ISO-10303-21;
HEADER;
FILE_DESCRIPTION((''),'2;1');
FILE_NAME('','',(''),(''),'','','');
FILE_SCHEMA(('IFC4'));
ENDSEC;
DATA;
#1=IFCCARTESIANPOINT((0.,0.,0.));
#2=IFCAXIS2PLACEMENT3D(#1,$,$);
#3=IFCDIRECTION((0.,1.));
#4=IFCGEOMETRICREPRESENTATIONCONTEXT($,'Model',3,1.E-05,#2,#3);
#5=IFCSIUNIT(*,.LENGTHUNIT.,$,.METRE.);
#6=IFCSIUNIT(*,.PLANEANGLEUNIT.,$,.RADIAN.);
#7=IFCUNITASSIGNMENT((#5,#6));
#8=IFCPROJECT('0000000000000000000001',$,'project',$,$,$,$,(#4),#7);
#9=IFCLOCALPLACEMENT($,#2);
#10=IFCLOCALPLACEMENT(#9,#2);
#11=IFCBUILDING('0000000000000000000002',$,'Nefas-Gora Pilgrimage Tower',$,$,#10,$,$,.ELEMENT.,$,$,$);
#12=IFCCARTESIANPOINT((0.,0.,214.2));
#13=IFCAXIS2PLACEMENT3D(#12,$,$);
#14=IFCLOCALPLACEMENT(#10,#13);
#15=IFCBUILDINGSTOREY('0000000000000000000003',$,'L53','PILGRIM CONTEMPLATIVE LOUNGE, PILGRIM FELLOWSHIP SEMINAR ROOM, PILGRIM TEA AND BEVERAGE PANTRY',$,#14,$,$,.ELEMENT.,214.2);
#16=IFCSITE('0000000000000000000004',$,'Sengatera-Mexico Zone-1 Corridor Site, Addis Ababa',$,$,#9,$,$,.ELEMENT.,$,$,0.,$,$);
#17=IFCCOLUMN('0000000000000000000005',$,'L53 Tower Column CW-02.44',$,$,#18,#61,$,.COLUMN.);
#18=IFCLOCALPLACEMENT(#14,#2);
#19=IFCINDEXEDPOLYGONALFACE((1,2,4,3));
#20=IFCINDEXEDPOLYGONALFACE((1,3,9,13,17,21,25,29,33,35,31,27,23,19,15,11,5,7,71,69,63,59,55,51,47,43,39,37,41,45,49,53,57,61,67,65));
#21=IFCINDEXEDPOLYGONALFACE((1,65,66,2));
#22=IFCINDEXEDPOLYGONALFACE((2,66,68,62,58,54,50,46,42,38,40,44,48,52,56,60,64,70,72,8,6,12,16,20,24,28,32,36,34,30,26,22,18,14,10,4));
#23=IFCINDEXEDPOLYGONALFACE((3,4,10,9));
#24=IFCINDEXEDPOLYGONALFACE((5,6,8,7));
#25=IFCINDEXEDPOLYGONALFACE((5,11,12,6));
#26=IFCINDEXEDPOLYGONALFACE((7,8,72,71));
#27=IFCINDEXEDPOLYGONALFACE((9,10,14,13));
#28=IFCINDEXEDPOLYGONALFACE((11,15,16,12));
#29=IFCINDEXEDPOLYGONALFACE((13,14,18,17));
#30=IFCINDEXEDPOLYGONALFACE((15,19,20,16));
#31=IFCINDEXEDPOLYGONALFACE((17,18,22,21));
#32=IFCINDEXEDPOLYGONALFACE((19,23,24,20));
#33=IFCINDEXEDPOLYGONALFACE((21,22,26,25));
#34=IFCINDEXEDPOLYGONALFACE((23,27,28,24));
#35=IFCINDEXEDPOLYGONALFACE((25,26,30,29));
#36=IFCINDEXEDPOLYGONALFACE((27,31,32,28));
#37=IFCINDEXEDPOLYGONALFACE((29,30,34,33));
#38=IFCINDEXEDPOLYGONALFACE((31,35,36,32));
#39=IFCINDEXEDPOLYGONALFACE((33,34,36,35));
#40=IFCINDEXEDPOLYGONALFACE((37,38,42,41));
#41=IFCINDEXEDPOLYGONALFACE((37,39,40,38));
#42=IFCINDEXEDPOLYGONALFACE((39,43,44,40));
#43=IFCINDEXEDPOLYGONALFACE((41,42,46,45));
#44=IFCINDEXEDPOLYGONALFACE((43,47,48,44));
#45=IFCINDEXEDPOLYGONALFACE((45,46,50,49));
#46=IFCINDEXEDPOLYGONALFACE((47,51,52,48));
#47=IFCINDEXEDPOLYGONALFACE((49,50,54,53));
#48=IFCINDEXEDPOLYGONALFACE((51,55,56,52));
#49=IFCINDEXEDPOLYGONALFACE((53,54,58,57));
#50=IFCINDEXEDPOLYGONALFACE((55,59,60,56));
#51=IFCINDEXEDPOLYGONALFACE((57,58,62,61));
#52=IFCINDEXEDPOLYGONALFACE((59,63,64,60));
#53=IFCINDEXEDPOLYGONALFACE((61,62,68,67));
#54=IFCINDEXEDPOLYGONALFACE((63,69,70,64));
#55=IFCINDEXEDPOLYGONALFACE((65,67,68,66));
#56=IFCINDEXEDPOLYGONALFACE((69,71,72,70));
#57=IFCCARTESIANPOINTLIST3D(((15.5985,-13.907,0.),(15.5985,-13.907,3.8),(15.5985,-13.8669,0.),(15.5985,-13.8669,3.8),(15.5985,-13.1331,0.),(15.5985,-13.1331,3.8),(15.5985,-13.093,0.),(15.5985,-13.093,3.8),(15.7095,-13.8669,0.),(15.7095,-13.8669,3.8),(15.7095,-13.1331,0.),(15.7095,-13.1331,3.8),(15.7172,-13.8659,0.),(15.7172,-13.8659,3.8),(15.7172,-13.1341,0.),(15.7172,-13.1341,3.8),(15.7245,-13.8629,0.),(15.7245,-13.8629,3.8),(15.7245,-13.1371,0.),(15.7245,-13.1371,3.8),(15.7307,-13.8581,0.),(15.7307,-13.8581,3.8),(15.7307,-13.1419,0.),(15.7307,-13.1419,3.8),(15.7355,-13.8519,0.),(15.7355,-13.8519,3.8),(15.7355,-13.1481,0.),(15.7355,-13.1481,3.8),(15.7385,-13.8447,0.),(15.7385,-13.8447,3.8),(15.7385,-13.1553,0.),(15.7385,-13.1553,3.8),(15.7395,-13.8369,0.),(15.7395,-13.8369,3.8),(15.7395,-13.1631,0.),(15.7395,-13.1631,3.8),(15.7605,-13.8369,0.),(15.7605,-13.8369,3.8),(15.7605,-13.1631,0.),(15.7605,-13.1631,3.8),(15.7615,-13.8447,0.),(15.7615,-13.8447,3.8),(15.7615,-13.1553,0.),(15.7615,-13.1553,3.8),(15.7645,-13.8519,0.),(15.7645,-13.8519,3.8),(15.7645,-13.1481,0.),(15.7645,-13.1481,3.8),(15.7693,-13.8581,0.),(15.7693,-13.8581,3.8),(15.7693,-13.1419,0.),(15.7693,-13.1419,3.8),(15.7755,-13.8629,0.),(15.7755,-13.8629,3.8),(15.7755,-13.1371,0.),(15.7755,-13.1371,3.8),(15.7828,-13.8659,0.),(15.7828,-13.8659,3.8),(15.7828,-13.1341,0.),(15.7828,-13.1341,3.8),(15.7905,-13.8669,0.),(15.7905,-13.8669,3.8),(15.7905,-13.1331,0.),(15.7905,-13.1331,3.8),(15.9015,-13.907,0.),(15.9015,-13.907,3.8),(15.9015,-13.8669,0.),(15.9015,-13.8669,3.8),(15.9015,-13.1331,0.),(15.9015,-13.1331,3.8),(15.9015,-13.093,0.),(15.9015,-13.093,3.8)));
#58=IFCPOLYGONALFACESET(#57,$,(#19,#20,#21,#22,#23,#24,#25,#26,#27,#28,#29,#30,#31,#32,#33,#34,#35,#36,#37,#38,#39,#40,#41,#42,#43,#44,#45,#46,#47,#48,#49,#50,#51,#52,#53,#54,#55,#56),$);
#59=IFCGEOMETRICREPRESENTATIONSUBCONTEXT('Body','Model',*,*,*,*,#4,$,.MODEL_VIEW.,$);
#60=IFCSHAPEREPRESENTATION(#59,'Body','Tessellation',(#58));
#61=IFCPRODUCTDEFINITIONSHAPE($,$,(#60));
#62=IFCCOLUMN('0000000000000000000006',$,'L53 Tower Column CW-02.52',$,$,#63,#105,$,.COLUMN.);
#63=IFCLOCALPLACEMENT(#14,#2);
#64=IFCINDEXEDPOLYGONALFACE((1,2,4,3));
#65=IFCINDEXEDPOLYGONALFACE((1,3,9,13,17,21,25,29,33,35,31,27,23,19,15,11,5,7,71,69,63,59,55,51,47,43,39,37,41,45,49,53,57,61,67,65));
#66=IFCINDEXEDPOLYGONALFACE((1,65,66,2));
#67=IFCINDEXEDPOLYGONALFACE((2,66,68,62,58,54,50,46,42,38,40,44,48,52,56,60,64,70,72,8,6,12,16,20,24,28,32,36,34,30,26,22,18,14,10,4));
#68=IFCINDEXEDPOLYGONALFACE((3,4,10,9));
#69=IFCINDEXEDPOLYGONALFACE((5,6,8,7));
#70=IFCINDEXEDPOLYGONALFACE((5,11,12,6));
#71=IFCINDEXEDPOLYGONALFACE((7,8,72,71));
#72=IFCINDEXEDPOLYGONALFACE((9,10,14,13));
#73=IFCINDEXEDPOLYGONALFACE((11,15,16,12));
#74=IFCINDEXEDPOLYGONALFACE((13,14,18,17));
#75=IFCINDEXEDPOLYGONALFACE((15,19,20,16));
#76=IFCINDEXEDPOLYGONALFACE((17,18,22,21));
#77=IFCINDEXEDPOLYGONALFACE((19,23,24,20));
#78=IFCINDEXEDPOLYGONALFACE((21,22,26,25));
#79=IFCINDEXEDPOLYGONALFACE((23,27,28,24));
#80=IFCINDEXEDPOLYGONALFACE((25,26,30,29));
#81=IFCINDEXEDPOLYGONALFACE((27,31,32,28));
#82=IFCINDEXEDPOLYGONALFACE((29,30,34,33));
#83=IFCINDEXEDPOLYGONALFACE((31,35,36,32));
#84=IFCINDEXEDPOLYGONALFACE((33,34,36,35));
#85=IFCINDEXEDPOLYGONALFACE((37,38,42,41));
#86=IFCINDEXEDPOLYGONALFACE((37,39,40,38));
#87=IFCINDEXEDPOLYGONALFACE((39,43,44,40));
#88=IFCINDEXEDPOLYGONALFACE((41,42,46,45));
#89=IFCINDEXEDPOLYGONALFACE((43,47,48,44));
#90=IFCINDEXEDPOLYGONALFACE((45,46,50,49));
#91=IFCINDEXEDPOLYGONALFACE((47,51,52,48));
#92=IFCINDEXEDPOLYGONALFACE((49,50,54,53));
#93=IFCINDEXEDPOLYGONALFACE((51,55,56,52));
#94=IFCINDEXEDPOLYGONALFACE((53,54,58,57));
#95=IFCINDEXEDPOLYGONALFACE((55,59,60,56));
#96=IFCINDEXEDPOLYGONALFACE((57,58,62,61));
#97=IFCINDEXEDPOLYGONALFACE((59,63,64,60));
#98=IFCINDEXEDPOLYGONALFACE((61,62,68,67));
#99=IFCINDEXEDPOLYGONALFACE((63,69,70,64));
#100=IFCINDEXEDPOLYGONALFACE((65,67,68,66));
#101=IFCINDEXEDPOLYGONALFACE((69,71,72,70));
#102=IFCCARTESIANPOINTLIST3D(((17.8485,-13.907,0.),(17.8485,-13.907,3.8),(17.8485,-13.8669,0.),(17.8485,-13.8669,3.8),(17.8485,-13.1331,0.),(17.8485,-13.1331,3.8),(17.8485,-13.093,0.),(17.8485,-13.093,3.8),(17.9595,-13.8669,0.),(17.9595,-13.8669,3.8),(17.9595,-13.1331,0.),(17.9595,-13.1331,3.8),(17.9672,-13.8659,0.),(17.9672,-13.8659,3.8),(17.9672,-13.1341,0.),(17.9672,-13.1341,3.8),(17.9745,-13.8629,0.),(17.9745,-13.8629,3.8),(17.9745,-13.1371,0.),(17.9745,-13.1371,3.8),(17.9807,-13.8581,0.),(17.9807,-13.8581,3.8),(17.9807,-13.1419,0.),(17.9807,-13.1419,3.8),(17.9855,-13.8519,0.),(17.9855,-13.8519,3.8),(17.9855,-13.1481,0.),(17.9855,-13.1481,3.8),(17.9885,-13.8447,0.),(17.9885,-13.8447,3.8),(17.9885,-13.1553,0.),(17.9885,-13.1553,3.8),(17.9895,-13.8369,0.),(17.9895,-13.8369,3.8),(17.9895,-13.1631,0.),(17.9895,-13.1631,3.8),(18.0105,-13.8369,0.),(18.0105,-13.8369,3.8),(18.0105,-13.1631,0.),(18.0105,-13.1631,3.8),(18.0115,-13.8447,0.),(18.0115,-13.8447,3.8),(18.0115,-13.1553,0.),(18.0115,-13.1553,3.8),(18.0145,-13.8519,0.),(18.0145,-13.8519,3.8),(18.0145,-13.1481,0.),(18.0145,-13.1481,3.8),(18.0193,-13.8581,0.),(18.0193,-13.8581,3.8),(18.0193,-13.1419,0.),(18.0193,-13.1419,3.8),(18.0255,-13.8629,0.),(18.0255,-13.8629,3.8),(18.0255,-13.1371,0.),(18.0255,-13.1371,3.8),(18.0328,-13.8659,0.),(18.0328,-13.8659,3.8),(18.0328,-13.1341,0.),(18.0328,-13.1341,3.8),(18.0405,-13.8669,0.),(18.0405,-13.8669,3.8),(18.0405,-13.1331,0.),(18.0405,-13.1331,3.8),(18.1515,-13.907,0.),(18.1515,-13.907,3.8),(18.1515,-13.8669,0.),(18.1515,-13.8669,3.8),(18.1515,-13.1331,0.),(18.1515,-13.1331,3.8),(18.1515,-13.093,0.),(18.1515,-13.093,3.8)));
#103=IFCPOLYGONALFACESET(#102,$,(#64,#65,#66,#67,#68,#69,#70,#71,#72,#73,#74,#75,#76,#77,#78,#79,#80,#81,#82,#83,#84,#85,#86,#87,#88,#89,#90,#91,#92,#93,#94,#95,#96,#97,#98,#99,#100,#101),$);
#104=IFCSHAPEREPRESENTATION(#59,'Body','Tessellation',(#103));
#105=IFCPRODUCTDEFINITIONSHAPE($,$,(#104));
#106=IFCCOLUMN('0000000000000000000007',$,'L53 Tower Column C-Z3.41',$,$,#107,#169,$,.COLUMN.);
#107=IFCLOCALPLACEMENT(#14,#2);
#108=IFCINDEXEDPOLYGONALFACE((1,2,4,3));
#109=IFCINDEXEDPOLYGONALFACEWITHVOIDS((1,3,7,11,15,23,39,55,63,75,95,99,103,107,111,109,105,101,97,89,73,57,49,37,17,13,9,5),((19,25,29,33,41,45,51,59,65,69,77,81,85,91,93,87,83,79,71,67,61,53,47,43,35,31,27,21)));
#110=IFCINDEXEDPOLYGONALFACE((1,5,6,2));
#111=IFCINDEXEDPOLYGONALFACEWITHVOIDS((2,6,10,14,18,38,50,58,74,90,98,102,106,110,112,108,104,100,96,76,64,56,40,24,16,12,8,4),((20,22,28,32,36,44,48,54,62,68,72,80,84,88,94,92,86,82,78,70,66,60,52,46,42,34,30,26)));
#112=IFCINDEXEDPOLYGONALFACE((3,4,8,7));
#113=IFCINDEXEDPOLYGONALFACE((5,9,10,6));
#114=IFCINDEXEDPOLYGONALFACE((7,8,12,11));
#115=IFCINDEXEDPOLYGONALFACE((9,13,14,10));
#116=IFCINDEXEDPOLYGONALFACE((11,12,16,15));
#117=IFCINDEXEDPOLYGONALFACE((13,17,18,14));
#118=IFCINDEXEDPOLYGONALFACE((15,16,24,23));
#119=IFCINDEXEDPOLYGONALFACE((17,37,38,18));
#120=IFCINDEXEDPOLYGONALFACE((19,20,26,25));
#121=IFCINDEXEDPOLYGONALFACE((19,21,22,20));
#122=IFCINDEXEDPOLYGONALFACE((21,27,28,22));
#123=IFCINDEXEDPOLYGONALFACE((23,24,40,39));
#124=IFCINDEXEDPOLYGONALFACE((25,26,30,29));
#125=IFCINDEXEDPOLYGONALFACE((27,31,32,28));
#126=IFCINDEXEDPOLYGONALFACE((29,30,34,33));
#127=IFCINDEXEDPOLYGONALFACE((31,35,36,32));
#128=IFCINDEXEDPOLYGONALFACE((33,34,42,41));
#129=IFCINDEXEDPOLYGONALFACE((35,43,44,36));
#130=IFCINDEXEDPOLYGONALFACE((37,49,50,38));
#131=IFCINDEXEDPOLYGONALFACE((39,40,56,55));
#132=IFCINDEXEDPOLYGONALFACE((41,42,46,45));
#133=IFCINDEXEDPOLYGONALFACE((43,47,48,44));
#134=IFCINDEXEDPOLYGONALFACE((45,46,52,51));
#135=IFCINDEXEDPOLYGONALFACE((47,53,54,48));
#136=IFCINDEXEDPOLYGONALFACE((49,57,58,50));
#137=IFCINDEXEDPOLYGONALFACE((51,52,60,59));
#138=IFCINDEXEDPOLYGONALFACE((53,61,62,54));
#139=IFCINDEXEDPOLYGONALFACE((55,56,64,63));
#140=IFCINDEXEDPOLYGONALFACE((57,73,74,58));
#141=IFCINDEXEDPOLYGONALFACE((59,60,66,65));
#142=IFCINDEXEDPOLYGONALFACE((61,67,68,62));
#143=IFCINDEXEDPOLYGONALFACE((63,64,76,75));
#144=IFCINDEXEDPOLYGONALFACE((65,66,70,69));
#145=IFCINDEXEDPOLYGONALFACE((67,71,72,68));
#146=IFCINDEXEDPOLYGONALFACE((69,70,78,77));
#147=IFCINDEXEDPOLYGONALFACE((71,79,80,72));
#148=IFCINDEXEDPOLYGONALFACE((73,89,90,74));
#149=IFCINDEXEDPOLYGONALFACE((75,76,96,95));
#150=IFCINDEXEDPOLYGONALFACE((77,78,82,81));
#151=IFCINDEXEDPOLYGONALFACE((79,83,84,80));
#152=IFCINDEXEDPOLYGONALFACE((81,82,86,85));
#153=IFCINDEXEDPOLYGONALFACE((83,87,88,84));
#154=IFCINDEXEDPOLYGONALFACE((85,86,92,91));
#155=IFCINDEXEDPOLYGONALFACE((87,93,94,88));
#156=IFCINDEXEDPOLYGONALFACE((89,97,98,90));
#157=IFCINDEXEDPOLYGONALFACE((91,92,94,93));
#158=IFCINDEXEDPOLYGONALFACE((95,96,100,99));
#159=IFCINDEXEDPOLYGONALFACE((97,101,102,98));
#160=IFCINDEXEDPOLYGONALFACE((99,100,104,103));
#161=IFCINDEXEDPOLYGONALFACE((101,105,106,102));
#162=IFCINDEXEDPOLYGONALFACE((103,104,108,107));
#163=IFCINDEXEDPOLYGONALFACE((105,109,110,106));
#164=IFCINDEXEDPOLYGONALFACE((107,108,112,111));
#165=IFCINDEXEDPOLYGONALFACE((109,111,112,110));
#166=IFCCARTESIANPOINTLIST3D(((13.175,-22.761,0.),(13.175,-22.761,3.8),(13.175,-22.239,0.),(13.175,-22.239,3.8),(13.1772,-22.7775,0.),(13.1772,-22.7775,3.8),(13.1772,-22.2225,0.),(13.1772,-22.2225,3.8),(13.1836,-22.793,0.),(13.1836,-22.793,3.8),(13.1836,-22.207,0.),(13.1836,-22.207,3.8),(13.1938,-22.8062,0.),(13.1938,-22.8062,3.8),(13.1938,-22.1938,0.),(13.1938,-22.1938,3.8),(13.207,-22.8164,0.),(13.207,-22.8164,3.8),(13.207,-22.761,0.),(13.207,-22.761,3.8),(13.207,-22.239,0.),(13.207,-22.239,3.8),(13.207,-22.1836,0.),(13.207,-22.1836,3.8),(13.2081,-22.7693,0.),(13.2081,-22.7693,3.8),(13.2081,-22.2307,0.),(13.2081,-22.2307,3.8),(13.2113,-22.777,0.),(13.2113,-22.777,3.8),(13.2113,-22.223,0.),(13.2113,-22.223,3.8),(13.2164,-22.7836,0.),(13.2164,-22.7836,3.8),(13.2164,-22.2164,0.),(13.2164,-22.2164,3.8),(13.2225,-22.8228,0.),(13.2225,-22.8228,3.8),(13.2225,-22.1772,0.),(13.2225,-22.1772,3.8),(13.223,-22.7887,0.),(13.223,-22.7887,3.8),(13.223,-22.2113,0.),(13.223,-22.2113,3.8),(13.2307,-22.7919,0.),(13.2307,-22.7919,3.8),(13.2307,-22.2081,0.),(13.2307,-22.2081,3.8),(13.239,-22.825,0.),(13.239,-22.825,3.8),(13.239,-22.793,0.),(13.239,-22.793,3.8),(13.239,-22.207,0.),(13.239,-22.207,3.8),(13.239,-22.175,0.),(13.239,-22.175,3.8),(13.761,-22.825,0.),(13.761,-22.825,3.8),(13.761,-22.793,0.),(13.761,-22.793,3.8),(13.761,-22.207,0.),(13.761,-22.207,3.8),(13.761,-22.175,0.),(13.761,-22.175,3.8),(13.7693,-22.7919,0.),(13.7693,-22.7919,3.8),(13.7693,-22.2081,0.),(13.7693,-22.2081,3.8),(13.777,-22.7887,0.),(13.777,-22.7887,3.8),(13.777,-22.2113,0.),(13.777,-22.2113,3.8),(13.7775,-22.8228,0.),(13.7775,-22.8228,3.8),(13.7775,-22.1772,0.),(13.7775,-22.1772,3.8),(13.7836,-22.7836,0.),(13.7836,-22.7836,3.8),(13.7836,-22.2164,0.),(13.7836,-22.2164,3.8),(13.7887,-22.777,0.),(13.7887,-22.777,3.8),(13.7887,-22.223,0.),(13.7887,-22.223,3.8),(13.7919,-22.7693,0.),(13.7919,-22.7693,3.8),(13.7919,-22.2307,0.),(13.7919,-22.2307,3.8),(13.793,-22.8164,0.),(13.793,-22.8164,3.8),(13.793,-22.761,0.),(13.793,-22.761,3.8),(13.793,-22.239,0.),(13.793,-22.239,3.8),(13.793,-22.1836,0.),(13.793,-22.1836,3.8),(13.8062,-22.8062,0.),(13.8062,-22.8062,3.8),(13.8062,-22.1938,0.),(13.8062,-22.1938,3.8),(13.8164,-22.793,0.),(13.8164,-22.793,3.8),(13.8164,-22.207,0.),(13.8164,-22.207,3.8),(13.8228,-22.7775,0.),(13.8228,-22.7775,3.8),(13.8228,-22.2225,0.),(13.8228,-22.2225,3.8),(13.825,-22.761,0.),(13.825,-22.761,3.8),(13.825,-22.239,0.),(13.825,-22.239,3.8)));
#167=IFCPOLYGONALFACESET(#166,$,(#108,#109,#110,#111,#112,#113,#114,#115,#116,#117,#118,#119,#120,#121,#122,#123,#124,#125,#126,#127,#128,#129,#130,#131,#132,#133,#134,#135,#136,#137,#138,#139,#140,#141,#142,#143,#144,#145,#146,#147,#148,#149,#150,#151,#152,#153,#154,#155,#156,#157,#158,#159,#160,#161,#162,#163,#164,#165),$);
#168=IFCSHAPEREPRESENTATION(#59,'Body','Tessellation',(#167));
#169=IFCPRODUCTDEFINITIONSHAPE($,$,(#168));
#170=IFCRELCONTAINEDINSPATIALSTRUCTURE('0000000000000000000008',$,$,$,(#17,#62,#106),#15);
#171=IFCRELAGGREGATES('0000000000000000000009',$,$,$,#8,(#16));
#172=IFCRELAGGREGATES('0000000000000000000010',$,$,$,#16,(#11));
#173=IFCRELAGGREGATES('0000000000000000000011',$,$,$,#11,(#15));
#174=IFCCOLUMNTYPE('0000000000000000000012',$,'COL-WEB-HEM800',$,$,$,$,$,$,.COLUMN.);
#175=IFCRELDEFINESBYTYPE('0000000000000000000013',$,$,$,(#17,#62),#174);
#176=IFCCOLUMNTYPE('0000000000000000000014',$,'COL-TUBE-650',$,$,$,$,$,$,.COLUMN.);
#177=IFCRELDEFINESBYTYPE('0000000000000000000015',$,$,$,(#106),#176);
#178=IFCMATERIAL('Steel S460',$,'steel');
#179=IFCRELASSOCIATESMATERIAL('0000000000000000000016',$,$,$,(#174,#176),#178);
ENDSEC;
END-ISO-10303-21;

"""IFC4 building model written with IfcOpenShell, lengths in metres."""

from ifc_helpers import new_model, si_unit, direction, frame, origin, origin_2d, place, context, subcontext, project, spatial, hollow_rectangle, i_section, extrude, source, transform, mapped, material, material_profile, profile_set, type_object, element, save


model = new_model("IFC4")

# Units and contexts
model_context = context("Model", 3, precision=1e-05, world=origin(), true_north=direction((0.0, 1.0)))
body_context = subcontext(model_context, "Body", "Model", "MODEL_VIEW")
ifc_project = project(units=[si_unit("LENGTHUNIT", "METRE"), si_unit("PLANEANGLEUNIT", "RADIAN")], contexts=[model_context])

# Site, building, storey
site_placement = place(None, origin())
site = spatial("IfcSite", under=ifc_project, at=site_placement, Name="Sengatera-Mexico Zone-1 Corridor Site, Addis Ababa", CompositionType="ELEMENT", RefElevation=0.0)
building_placement = place(site_placement, origin())
building = spatial("IfcBuilding", under=site, at=building_placement, Name="Nefas-Gora Pilgrimage Tower", CompositionType="ELEMENT")
storey_placement = place(building_placement, frame((0.0, 0.0, 214.2)))
storey = spatial("IfcBuildingStorey", under=building, at=storey_placement, Name="L53", Description="PILGRIM CONTEMPLATIVE LOUNGE, PILGRIM FELLOWSHIP SEMINAR ROOM, PILGRIM TEA AND BEVERAGE PANTRY", CompositionType="ELEMENT", Elevation=214.2)

# Columns
ifc_material_1 = material(Name="Steel S460", Category="steel")
ifc_material_profile_1 = material_profile(ifc_material_1, i_section(OverallWidth=0.303, OverallDepth=0.814, WebThickness=0.021, FlangeThickness=0.04, FilletRadius=0.03, at=origin_2d()), Name="HEM 800")
ifc_profile_set_1 = profile_set([ifc_material_profile_1], Name="Steel S460")
column_type_1 = type_object("IfcColumnType", Name="COL-WEB-HEM800", PredefinedType="COLUMN", material=ifc_profile_set_1)
shared_shape_1 = source(origin(), body_context, "Body", "SweptSolid", [
    extrude(i_section(OverallWidth=0.303, OverallDepth=0.814, WebThickness=0.021, FlangeThickness=0.04, FilletRadius=0.03, at=origin_2d()), origin(), (0.0, 0.0, 1.0), 3.8),
])
for number, where, z_axis, x_axis, name in (
    (1, (15.75, -13.5, 0.0), (0.0, 0.0, 1.0), (1.0, 0.0, 0.0), "L53 Tower Column CW-02.44"),
    (2, (18.0, -13.5, 0.0), (0.0, 0.0, 1.0), (1.0, 0.0, 0.0), "L53 Tower Column CW-02.52"),
):
    element("IfcColumn", number, at=place(storey_placement, frame(where, z_axis=z_axis, x_axis=x_axis)), inside=storey, type_object=column_type_1, Name=name, PredefinedType="COLUMN", context=body_context, shape_type="MappedRepresentation", body=[
        mapped(shared_shape_1, transform((0.0, 0.0, 0.0), x_axis=(1.0, 0.0, 0.0), y_axis=(0.0, 1.0, 0.0), z_axis=(0.0, 0.0, 1.0), scale=1.0)),
    ])
ifc_material_profile_2 = material_profile(ifc_material_1, hollow_rectangle(XDim=0.6499, YDim=0.6499, WallThickness=0.032, InnerFilletRadius=0.032, OuterFilletRadius=0.064, at=origin_2d()), Name="BOX 650x650x32")
ifc_profile_set_2 = profile_set([ifc_material_profile_2], Name="Steel S460")
column_type_2 = type_object("IfcColumnType", Name="COL-TUBE-650", PredefinedType="COLUMN", material=ifc_profile_set_2)
shared_shape_2 = source(origin(), body_context, "Body", "SweptSolid", [
    extrude(hollow_rectangle(XDim=0.6499, YDim=0.6499, WallThickness=0.032, InnerFilletRadius=0.032, OuterFilletRadius=0.064, at=origin_2d()), origin(), (0.0, 0.0, 1.0), 3.8),
])
for number, where, z_axis, x_axis, name in (
    (3, (13.5, -22.5, 0.0), (0.0, 0.0, 1.0), (1.0, 0.0, 0.0), "L53 Tower Column C-Z3.41"),
):
    element("IfcColumn", number, at=place(storey_placement, frame(where, z_axis=z_axis, x_axis=x_axis)), inside=storey, type_object=column_type_2, Name=name, PredefinedType="COLUMN", context=body_context, shape_type="MappedRepresentation", body=[
        mapped(shared_shape_2, transform((0.0, 0.0, 0.0), x_axis=(1.0, 0.0, 0.0), y_axis=(0.0, 1.0, 0.0), z_axis=(0.0, 0.0, 1.0), scale=1.0)),
    ])

save(model, "model.ifc")
